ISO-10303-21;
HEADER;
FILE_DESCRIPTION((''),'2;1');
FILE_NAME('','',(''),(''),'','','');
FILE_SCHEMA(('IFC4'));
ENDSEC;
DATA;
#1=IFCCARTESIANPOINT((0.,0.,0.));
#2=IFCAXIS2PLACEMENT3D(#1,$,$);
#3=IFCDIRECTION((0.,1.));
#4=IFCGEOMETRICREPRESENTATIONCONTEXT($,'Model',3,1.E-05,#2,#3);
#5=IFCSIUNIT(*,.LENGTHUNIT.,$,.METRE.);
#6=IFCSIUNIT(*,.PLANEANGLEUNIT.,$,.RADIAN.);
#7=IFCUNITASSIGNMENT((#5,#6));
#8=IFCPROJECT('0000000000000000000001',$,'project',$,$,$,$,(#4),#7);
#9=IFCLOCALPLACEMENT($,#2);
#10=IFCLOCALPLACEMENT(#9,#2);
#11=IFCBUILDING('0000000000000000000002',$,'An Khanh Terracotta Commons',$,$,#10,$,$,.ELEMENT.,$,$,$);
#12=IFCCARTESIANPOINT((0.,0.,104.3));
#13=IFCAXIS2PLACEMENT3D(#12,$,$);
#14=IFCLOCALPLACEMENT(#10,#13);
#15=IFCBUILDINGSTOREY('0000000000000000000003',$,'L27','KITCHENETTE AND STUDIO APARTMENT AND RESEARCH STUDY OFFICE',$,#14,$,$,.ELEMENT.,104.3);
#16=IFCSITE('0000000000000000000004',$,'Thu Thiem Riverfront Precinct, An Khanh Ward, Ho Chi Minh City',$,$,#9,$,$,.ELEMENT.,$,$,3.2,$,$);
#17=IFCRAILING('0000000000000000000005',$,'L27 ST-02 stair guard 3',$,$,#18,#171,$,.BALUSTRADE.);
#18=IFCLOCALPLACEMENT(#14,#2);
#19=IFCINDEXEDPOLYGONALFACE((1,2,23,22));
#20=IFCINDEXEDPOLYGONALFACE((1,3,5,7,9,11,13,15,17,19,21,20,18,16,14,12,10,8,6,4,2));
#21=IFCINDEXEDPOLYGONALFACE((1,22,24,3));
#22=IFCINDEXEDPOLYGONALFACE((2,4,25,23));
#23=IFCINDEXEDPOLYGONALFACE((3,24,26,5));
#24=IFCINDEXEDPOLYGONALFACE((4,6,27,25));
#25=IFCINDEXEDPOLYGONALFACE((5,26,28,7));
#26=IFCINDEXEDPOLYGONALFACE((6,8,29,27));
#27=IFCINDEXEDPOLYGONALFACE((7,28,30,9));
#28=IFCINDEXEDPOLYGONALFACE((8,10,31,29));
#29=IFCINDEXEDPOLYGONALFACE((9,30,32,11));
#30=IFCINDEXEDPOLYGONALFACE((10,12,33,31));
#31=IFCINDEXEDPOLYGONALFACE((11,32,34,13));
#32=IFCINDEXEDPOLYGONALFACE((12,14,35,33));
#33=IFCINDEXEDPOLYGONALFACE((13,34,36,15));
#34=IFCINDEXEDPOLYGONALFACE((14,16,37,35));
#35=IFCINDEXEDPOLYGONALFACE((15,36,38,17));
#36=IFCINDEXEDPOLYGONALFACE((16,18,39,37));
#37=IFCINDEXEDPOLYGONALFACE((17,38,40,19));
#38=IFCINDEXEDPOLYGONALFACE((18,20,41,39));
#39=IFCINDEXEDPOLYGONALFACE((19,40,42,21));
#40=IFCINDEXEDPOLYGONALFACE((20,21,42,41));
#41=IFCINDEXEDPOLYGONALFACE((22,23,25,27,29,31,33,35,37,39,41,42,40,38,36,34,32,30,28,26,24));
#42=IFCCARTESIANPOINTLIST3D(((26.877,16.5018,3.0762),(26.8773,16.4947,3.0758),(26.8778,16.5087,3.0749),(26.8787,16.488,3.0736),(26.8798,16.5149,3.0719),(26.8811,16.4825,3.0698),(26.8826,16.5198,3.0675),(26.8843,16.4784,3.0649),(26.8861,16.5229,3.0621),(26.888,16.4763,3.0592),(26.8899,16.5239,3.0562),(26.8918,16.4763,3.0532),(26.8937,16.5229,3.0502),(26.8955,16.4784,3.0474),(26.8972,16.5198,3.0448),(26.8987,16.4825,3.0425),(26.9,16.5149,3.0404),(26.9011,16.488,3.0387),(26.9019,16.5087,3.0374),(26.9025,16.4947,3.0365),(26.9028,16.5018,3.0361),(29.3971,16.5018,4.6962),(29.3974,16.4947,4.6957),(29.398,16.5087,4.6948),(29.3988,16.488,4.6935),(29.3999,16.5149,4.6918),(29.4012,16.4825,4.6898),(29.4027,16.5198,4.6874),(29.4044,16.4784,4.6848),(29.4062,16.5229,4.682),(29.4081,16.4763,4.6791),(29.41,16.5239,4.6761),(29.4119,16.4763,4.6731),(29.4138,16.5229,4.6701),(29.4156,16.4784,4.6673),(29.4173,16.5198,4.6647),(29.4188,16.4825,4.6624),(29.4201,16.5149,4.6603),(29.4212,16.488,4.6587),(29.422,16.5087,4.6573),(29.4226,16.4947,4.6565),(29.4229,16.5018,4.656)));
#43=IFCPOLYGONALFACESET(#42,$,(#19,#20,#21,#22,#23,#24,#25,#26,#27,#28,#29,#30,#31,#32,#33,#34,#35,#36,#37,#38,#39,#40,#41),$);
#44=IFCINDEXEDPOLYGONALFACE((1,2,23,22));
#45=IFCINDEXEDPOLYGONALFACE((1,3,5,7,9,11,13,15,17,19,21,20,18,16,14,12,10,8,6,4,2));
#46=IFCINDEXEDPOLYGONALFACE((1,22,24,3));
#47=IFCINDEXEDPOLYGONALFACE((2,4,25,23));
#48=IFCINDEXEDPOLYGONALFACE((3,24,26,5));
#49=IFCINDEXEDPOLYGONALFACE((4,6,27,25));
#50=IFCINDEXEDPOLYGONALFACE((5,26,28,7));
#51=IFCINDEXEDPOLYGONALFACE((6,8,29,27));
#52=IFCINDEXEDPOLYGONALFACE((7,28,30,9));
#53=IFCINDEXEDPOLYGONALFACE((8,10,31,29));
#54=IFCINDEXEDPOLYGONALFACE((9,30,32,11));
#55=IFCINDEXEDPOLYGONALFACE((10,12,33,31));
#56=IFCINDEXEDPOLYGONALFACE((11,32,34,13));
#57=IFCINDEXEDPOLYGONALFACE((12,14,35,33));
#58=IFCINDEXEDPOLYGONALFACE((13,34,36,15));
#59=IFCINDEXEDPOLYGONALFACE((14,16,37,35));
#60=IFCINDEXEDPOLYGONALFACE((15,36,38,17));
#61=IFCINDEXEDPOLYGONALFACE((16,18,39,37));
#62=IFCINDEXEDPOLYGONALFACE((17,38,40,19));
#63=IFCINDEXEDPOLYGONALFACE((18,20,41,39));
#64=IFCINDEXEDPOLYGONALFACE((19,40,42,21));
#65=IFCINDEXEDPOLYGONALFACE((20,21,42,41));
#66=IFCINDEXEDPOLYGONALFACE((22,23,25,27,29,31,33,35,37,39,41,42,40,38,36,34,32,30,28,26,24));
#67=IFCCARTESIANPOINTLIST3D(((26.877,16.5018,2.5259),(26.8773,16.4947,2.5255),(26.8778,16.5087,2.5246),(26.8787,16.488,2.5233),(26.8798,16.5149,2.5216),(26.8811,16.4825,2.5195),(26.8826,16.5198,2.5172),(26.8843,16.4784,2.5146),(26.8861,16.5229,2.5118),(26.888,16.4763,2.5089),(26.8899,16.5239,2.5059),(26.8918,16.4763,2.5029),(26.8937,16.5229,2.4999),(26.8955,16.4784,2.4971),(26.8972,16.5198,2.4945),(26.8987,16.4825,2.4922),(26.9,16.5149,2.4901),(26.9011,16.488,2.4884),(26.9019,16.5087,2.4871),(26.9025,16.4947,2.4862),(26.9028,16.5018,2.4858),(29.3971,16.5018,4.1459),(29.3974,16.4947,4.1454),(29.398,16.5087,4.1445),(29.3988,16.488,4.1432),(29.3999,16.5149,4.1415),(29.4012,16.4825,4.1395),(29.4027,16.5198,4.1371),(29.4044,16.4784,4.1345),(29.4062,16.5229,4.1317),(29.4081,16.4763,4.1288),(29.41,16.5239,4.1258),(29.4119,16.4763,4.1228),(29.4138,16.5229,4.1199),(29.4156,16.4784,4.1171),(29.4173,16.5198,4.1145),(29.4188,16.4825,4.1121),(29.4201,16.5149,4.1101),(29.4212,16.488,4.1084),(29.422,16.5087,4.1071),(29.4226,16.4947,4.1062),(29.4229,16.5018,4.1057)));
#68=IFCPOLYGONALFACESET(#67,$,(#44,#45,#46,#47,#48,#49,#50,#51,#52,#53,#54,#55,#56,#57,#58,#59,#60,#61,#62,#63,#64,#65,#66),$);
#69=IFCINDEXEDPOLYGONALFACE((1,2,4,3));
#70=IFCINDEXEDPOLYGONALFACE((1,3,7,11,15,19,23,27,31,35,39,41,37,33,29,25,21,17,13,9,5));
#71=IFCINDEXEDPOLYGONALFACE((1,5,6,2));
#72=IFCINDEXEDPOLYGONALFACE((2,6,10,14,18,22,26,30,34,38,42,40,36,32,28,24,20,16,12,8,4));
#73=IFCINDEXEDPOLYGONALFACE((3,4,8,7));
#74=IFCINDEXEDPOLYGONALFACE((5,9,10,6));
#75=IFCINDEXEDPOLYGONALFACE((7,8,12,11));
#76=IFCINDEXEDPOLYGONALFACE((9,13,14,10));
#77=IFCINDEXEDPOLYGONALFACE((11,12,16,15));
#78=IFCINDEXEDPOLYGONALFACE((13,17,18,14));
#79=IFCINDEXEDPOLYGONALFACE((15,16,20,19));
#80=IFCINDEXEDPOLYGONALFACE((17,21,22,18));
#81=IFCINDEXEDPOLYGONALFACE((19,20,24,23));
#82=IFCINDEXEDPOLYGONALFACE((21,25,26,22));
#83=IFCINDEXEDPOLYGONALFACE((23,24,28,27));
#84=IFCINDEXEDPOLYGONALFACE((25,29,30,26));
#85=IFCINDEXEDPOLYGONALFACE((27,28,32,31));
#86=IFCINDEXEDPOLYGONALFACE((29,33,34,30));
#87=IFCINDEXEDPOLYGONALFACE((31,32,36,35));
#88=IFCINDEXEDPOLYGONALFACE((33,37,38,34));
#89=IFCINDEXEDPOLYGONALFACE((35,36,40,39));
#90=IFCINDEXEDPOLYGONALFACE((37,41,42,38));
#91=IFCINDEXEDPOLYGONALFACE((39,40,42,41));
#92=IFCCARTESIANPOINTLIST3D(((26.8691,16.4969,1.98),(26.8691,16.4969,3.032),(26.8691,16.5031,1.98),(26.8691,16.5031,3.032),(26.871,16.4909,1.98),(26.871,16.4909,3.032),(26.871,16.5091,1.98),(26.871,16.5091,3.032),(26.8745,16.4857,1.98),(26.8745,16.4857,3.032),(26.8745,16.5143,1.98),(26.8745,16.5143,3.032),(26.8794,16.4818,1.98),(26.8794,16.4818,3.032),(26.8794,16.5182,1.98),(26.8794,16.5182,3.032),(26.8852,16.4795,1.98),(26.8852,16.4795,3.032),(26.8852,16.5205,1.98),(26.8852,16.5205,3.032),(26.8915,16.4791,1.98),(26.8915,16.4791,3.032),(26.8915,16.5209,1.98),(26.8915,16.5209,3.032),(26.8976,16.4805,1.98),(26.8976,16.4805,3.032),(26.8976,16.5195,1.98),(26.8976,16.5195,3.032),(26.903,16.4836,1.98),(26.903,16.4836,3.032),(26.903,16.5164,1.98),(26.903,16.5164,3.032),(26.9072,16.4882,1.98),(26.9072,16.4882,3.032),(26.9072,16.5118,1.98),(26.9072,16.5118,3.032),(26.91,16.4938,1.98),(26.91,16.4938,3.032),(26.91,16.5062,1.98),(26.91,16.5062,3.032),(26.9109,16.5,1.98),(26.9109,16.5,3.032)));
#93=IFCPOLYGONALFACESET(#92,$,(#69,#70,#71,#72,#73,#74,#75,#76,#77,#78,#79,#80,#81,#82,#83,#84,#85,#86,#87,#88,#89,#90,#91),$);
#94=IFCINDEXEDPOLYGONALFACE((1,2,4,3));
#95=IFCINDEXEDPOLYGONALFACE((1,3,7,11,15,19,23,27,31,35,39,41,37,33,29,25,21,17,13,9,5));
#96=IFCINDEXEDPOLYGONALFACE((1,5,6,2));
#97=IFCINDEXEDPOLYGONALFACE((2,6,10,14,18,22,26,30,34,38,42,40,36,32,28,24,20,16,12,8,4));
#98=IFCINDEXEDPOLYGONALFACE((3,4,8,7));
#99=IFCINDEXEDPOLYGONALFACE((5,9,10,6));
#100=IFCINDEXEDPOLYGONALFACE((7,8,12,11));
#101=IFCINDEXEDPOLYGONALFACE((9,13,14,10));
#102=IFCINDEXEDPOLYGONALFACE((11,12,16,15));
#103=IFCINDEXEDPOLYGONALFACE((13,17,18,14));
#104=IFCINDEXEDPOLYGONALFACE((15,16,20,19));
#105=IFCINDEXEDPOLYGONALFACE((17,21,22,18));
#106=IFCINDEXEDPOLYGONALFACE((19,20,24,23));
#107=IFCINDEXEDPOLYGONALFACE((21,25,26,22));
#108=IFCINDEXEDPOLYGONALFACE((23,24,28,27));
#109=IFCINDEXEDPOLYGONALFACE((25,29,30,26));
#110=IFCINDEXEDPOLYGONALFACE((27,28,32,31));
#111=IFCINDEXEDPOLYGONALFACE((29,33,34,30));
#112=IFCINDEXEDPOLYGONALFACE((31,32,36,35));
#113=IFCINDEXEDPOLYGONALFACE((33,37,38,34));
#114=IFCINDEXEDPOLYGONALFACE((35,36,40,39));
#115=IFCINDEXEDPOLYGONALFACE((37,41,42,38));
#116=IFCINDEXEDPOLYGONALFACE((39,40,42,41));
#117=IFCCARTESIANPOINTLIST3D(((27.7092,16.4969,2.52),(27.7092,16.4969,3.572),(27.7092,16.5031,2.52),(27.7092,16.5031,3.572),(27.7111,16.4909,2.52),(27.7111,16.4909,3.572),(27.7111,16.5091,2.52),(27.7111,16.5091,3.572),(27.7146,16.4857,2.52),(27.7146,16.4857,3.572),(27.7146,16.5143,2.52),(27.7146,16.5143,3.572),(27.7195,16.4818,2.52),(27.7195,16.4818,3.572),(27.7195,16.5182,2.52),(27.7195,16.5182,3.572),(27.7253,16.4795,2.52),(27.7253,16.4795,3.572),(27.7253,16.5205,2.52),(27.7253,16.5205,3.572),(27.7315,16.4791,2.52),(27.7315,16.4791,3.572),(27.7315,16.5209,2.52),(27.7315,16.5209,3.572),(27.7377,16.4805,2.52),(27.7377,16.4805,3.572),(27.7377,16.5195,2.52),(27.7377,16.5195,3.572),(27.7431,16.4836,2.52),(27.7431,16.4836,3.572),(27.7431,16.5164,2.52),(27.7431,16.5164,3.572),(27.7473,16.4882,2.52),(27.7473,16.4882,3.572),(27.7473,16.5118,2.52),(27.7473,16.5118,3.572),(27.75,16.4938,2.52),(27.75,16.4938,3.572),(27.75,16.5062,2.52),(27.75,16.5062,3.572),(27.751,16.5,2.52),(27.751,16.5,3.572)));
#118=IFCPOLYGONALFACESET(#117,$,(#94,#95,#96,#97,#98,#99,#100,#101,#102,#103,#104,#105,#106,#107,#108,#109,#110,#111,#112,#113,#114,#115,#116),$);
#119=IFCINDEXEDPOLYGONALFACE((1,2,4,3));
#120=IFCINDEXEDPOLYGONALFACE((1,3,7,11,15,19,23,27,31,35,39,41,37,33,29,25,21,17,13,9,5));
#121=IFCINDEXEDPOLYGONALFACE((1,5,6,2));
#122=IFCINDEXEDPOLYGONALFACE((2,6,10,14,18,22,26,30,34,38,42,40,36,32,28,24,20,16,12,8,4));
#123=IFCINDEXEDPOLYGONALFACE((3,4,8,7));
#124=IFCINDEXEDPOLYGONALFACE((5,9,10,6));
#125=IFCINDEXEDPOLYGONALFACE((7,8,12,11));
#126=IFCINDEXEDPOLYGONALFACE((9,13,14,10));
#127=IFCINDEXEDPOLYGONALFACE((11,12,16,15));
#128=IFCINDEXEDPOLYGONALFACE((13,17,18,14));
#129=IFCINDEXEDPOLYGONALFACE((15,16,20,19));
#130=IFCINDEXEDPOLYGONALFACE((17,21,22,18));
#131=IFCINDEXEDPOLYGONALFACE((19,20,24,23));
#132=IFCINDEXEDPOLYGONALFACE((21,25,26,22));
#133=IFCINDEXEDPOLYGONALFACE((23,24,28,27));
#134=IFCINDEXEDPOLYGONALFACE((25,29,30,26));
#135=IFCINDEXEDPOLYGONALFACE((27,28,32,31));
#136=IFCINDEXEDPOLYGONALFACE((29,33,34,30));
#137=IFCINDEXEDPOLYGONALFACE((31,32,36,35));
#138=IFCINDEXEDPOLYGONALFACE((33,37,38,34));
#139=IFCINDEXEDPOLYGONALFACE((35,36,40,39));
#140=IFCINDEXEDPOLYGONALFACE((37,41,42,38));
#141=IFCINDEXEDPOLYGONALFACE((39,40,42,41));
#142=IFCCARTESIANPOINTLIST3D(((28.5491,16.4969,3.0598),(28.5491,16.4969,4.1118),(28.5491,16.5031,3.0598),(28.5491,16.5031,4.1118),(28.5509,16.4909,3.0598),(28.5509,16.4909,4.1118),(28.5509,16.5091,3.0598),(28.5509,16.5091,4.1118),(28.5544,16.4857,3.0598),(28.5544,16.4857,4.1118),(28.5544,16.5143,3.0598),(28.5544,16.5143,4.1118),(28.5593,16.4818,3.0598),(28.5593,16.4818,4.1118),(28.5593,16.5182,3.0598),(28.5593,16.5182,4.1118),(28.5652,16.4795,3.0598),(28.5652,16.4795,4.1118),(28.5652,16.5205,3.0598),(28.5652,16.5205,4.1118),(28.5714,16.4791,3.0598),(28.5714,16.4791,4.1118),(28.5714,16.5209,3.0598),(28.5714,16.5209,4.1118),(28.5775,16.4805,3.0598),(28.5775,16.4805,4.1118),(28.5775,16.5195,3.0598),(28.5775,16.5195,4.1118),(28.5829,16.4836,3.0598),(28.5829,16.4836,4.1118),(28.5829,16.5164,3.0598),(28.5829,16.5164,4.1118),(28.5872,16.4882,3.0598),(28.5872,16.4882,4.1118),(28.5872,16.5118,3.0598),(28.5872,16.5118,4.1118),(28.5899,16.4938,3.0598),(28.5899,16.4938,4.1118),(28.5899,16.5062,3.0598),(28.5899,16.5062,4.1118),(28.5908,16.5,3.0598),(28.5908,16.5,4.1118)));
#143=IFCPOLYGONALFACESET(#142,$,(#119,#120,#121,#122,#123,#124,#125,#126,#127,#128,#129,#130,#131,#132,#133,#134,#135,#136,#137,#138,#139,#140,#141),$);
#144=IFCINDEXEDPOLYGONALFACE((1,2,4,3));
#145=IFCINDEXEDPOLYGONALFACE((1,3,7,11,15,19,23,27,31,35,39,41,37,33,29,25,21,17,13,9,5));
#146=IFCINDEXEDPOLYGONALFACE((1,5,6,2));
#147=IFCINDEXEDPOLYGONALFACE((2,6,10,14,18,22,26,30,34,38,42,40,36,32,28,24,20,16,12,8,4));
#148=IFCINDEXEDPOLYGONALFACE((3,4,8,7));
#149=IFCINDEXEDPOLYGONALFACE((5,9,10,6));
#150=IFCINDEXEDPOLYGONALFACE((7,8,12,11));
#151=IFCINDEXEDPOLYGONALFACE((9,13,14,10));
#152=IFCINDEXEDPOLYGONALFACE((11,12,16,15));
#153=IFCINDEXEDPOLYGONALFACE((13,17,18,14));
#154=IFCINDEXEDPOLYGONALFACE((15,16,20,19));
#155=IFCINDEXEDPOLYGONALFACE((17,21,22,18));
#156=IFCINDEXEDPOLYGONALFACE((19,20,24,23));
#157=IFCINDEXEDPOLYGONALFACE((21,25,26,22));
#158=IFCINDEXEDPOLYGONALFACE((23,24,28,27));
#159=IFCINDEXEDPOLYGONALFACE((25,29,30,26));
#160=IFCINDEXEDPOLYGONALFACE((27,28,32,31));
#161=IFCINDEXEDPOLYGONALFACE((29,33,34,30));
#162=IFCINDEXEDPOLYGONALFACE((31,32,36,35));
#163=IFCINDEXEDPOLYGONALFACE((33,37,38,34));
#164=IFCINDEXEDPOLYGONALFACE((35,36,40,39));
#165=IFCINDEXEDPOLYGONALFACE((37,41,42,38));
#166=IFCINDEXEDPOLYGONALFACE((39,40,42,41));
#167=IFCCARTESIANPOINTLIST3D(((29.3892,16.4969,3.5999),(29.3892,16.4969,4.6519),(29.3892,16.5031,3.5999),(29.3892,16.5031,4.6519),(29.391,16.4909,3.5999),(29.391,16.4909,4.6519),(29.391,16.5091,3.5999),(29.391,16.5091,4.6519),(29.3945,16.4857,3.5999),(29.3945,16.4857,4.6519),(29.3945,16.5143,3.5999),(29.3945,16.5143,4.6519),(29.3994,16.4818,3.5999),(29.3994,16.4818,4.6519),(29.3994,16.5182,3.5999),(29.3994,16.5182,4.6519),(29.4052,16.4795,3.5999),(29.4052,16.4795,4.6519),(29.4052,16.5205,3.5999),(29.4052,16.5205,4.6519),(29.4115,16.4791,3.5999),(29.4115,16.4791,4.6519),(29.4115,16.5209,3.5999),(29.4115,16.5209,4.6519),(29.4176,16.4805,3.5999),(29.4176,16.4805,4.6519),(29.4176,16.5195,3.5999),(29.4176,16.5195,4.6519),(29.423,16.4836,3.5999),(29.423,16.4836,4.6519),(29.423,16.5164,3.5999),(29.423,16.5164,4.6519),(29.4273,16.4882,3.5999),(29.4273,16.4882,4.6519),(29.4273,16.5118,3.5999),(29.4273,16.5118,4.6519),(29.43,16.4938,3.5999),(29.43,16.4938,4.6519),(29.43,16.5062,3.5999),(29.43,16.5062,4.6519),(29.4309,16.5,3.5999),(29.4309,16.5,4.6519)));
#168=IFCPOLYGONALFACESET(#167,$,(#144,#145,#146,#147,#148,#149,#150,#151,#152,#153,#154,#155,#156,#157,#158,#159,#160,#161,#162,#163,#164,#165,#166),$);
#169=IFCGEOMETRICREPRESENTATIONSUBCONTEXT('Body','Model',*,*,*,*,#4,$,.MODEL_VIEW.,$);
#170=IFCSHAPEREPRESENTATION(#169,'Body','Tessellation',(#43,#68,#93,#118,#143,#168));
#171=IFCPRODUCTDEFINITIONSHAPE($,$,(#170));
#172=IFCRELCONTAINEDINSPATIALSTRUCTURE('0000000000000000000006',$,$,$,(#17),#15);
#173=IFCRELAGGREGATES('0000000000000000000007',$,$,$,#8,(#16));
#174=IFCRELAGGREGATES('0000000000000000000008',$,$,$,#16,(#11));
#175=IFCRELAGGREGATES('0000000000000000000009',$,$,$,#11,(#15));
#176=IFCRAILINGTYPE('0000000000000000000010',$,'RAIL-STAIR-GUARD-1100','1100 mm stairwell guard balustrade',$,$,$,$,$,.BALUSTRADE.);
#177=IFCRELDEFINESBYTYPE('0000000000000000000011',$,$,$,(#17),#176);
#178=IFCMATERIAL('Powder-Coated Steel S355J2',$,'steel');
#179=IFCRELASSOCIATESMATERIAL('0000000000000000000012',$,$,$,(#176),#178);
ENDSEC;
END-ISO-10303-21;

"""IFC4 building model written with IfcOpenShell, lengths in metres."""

from ifc_helpers import new_model, si_unit, direction, frame, origin, origin_2d, place, context, subcontext, project, spatial, circle, extrude, material, type_object, element, save


model = new_model("IFC4")

# Units and contexts
model_context = context("Model", 3, precision=1e-05, world=origin(), true_north=direction((0.0, 1.0)))
body_context = subcontext(model_context, "Body", "Model", "MODEL_VIEW")
ifc_project = project(units=[si_unit("LENGTHUNIT", "METRE"), si_unit("PLANEANGLEUNIT", "RADIAN")], contexts=[model_context])

# Site, building, storey
site_placement = place(None, origin())
site = spatial("IfcSite", under=ifc_project, at=site_placement, Name="Thu Thiem Riverfront Precinct, An Khanh Ward, Ho Chi Minh City", CompositionType="ELEMENT", RefElevation=3.2)
building_placement = place(site_placement, origin())
building = spatial("IfcBuilding", under=site, at=building_placement, Name="An Khanh Terracotta Commons", CompositionType="ELEMENT")
storey_placement = place(building_placement, frame((0.0, 0.0, 104.3)))
storey = spatial("IfcBuildingStorey", under=building, at=storey_placement, Name="L27", Description="KITCHENETTE AND STUDIO APARTMENT AND RESEARCH STUDY OFFICE", CompositionType="ELEMENT", Elevation=104.3)

# Railing
ifc_material_1 = material(Name="Powder-Coated Steel S355J2", Category="steel")
railing_type_1 = type_object("IfcRailingType", Name="RAIL-STAIR-GUARD-1100", Description="1100 mm stairwell guard balustrade", PredefinedType="BALUSTRADE", material=ifc_material_1)
railing_1_placement = place(storey_placement, frame((26.8899, 16.5, 1.98)))
element("IfcRailing", 1, at=railing_1_placement, inside=storey, type_object=railing_type_1, Name="L27 ST-02 stair guard 3", PredefinedType="BALUSTRADE", context=body_context, shape_type="SweptSolid", body=[
    extrude(circle(Radius=0.0239, at=origin_2d()), frame((0.0, 0.0, 1.0762), z_axis=(0.8412, 0.0, 0.540725), x_axis=(0.0, 1.0, 0.0)), (0.0, 0.0, 1.0), 2.9958),
    extrude(circle(Radius=0.0239, at=origin_2d()), frame((0.0, 0.0, 0.5259), z_axis=(0.8412, 0.0, 0.540725), x_axis=(0.0, 1.0, 0.0)), (0.0, 0.0, 1.0), 2.9958),
    extrude(circle(Radius=0.021, at=origin_2d()), origin(), (0.0, 0.0, 1.0), 1.052),
    extrude(circle(Radius=0.021, at=origin_2d()), frame((0.8401, 0.0, 0.54)), (0.0, 0.0, 1.0), 1.052),
    extrude(circle(Radius=0.021, at=origin_2d()), frame((1.6799, 0.0, 1.0798)), (0.0, 0.0, 1.0), 1.052),
    extrude(circle(Radius=0.021, at=origin_2d()), frame((2.52, 0.0, 1.6199)), (0.0, 0.0, 1.0), 1.052),
])

save(model, "model.ifc")
